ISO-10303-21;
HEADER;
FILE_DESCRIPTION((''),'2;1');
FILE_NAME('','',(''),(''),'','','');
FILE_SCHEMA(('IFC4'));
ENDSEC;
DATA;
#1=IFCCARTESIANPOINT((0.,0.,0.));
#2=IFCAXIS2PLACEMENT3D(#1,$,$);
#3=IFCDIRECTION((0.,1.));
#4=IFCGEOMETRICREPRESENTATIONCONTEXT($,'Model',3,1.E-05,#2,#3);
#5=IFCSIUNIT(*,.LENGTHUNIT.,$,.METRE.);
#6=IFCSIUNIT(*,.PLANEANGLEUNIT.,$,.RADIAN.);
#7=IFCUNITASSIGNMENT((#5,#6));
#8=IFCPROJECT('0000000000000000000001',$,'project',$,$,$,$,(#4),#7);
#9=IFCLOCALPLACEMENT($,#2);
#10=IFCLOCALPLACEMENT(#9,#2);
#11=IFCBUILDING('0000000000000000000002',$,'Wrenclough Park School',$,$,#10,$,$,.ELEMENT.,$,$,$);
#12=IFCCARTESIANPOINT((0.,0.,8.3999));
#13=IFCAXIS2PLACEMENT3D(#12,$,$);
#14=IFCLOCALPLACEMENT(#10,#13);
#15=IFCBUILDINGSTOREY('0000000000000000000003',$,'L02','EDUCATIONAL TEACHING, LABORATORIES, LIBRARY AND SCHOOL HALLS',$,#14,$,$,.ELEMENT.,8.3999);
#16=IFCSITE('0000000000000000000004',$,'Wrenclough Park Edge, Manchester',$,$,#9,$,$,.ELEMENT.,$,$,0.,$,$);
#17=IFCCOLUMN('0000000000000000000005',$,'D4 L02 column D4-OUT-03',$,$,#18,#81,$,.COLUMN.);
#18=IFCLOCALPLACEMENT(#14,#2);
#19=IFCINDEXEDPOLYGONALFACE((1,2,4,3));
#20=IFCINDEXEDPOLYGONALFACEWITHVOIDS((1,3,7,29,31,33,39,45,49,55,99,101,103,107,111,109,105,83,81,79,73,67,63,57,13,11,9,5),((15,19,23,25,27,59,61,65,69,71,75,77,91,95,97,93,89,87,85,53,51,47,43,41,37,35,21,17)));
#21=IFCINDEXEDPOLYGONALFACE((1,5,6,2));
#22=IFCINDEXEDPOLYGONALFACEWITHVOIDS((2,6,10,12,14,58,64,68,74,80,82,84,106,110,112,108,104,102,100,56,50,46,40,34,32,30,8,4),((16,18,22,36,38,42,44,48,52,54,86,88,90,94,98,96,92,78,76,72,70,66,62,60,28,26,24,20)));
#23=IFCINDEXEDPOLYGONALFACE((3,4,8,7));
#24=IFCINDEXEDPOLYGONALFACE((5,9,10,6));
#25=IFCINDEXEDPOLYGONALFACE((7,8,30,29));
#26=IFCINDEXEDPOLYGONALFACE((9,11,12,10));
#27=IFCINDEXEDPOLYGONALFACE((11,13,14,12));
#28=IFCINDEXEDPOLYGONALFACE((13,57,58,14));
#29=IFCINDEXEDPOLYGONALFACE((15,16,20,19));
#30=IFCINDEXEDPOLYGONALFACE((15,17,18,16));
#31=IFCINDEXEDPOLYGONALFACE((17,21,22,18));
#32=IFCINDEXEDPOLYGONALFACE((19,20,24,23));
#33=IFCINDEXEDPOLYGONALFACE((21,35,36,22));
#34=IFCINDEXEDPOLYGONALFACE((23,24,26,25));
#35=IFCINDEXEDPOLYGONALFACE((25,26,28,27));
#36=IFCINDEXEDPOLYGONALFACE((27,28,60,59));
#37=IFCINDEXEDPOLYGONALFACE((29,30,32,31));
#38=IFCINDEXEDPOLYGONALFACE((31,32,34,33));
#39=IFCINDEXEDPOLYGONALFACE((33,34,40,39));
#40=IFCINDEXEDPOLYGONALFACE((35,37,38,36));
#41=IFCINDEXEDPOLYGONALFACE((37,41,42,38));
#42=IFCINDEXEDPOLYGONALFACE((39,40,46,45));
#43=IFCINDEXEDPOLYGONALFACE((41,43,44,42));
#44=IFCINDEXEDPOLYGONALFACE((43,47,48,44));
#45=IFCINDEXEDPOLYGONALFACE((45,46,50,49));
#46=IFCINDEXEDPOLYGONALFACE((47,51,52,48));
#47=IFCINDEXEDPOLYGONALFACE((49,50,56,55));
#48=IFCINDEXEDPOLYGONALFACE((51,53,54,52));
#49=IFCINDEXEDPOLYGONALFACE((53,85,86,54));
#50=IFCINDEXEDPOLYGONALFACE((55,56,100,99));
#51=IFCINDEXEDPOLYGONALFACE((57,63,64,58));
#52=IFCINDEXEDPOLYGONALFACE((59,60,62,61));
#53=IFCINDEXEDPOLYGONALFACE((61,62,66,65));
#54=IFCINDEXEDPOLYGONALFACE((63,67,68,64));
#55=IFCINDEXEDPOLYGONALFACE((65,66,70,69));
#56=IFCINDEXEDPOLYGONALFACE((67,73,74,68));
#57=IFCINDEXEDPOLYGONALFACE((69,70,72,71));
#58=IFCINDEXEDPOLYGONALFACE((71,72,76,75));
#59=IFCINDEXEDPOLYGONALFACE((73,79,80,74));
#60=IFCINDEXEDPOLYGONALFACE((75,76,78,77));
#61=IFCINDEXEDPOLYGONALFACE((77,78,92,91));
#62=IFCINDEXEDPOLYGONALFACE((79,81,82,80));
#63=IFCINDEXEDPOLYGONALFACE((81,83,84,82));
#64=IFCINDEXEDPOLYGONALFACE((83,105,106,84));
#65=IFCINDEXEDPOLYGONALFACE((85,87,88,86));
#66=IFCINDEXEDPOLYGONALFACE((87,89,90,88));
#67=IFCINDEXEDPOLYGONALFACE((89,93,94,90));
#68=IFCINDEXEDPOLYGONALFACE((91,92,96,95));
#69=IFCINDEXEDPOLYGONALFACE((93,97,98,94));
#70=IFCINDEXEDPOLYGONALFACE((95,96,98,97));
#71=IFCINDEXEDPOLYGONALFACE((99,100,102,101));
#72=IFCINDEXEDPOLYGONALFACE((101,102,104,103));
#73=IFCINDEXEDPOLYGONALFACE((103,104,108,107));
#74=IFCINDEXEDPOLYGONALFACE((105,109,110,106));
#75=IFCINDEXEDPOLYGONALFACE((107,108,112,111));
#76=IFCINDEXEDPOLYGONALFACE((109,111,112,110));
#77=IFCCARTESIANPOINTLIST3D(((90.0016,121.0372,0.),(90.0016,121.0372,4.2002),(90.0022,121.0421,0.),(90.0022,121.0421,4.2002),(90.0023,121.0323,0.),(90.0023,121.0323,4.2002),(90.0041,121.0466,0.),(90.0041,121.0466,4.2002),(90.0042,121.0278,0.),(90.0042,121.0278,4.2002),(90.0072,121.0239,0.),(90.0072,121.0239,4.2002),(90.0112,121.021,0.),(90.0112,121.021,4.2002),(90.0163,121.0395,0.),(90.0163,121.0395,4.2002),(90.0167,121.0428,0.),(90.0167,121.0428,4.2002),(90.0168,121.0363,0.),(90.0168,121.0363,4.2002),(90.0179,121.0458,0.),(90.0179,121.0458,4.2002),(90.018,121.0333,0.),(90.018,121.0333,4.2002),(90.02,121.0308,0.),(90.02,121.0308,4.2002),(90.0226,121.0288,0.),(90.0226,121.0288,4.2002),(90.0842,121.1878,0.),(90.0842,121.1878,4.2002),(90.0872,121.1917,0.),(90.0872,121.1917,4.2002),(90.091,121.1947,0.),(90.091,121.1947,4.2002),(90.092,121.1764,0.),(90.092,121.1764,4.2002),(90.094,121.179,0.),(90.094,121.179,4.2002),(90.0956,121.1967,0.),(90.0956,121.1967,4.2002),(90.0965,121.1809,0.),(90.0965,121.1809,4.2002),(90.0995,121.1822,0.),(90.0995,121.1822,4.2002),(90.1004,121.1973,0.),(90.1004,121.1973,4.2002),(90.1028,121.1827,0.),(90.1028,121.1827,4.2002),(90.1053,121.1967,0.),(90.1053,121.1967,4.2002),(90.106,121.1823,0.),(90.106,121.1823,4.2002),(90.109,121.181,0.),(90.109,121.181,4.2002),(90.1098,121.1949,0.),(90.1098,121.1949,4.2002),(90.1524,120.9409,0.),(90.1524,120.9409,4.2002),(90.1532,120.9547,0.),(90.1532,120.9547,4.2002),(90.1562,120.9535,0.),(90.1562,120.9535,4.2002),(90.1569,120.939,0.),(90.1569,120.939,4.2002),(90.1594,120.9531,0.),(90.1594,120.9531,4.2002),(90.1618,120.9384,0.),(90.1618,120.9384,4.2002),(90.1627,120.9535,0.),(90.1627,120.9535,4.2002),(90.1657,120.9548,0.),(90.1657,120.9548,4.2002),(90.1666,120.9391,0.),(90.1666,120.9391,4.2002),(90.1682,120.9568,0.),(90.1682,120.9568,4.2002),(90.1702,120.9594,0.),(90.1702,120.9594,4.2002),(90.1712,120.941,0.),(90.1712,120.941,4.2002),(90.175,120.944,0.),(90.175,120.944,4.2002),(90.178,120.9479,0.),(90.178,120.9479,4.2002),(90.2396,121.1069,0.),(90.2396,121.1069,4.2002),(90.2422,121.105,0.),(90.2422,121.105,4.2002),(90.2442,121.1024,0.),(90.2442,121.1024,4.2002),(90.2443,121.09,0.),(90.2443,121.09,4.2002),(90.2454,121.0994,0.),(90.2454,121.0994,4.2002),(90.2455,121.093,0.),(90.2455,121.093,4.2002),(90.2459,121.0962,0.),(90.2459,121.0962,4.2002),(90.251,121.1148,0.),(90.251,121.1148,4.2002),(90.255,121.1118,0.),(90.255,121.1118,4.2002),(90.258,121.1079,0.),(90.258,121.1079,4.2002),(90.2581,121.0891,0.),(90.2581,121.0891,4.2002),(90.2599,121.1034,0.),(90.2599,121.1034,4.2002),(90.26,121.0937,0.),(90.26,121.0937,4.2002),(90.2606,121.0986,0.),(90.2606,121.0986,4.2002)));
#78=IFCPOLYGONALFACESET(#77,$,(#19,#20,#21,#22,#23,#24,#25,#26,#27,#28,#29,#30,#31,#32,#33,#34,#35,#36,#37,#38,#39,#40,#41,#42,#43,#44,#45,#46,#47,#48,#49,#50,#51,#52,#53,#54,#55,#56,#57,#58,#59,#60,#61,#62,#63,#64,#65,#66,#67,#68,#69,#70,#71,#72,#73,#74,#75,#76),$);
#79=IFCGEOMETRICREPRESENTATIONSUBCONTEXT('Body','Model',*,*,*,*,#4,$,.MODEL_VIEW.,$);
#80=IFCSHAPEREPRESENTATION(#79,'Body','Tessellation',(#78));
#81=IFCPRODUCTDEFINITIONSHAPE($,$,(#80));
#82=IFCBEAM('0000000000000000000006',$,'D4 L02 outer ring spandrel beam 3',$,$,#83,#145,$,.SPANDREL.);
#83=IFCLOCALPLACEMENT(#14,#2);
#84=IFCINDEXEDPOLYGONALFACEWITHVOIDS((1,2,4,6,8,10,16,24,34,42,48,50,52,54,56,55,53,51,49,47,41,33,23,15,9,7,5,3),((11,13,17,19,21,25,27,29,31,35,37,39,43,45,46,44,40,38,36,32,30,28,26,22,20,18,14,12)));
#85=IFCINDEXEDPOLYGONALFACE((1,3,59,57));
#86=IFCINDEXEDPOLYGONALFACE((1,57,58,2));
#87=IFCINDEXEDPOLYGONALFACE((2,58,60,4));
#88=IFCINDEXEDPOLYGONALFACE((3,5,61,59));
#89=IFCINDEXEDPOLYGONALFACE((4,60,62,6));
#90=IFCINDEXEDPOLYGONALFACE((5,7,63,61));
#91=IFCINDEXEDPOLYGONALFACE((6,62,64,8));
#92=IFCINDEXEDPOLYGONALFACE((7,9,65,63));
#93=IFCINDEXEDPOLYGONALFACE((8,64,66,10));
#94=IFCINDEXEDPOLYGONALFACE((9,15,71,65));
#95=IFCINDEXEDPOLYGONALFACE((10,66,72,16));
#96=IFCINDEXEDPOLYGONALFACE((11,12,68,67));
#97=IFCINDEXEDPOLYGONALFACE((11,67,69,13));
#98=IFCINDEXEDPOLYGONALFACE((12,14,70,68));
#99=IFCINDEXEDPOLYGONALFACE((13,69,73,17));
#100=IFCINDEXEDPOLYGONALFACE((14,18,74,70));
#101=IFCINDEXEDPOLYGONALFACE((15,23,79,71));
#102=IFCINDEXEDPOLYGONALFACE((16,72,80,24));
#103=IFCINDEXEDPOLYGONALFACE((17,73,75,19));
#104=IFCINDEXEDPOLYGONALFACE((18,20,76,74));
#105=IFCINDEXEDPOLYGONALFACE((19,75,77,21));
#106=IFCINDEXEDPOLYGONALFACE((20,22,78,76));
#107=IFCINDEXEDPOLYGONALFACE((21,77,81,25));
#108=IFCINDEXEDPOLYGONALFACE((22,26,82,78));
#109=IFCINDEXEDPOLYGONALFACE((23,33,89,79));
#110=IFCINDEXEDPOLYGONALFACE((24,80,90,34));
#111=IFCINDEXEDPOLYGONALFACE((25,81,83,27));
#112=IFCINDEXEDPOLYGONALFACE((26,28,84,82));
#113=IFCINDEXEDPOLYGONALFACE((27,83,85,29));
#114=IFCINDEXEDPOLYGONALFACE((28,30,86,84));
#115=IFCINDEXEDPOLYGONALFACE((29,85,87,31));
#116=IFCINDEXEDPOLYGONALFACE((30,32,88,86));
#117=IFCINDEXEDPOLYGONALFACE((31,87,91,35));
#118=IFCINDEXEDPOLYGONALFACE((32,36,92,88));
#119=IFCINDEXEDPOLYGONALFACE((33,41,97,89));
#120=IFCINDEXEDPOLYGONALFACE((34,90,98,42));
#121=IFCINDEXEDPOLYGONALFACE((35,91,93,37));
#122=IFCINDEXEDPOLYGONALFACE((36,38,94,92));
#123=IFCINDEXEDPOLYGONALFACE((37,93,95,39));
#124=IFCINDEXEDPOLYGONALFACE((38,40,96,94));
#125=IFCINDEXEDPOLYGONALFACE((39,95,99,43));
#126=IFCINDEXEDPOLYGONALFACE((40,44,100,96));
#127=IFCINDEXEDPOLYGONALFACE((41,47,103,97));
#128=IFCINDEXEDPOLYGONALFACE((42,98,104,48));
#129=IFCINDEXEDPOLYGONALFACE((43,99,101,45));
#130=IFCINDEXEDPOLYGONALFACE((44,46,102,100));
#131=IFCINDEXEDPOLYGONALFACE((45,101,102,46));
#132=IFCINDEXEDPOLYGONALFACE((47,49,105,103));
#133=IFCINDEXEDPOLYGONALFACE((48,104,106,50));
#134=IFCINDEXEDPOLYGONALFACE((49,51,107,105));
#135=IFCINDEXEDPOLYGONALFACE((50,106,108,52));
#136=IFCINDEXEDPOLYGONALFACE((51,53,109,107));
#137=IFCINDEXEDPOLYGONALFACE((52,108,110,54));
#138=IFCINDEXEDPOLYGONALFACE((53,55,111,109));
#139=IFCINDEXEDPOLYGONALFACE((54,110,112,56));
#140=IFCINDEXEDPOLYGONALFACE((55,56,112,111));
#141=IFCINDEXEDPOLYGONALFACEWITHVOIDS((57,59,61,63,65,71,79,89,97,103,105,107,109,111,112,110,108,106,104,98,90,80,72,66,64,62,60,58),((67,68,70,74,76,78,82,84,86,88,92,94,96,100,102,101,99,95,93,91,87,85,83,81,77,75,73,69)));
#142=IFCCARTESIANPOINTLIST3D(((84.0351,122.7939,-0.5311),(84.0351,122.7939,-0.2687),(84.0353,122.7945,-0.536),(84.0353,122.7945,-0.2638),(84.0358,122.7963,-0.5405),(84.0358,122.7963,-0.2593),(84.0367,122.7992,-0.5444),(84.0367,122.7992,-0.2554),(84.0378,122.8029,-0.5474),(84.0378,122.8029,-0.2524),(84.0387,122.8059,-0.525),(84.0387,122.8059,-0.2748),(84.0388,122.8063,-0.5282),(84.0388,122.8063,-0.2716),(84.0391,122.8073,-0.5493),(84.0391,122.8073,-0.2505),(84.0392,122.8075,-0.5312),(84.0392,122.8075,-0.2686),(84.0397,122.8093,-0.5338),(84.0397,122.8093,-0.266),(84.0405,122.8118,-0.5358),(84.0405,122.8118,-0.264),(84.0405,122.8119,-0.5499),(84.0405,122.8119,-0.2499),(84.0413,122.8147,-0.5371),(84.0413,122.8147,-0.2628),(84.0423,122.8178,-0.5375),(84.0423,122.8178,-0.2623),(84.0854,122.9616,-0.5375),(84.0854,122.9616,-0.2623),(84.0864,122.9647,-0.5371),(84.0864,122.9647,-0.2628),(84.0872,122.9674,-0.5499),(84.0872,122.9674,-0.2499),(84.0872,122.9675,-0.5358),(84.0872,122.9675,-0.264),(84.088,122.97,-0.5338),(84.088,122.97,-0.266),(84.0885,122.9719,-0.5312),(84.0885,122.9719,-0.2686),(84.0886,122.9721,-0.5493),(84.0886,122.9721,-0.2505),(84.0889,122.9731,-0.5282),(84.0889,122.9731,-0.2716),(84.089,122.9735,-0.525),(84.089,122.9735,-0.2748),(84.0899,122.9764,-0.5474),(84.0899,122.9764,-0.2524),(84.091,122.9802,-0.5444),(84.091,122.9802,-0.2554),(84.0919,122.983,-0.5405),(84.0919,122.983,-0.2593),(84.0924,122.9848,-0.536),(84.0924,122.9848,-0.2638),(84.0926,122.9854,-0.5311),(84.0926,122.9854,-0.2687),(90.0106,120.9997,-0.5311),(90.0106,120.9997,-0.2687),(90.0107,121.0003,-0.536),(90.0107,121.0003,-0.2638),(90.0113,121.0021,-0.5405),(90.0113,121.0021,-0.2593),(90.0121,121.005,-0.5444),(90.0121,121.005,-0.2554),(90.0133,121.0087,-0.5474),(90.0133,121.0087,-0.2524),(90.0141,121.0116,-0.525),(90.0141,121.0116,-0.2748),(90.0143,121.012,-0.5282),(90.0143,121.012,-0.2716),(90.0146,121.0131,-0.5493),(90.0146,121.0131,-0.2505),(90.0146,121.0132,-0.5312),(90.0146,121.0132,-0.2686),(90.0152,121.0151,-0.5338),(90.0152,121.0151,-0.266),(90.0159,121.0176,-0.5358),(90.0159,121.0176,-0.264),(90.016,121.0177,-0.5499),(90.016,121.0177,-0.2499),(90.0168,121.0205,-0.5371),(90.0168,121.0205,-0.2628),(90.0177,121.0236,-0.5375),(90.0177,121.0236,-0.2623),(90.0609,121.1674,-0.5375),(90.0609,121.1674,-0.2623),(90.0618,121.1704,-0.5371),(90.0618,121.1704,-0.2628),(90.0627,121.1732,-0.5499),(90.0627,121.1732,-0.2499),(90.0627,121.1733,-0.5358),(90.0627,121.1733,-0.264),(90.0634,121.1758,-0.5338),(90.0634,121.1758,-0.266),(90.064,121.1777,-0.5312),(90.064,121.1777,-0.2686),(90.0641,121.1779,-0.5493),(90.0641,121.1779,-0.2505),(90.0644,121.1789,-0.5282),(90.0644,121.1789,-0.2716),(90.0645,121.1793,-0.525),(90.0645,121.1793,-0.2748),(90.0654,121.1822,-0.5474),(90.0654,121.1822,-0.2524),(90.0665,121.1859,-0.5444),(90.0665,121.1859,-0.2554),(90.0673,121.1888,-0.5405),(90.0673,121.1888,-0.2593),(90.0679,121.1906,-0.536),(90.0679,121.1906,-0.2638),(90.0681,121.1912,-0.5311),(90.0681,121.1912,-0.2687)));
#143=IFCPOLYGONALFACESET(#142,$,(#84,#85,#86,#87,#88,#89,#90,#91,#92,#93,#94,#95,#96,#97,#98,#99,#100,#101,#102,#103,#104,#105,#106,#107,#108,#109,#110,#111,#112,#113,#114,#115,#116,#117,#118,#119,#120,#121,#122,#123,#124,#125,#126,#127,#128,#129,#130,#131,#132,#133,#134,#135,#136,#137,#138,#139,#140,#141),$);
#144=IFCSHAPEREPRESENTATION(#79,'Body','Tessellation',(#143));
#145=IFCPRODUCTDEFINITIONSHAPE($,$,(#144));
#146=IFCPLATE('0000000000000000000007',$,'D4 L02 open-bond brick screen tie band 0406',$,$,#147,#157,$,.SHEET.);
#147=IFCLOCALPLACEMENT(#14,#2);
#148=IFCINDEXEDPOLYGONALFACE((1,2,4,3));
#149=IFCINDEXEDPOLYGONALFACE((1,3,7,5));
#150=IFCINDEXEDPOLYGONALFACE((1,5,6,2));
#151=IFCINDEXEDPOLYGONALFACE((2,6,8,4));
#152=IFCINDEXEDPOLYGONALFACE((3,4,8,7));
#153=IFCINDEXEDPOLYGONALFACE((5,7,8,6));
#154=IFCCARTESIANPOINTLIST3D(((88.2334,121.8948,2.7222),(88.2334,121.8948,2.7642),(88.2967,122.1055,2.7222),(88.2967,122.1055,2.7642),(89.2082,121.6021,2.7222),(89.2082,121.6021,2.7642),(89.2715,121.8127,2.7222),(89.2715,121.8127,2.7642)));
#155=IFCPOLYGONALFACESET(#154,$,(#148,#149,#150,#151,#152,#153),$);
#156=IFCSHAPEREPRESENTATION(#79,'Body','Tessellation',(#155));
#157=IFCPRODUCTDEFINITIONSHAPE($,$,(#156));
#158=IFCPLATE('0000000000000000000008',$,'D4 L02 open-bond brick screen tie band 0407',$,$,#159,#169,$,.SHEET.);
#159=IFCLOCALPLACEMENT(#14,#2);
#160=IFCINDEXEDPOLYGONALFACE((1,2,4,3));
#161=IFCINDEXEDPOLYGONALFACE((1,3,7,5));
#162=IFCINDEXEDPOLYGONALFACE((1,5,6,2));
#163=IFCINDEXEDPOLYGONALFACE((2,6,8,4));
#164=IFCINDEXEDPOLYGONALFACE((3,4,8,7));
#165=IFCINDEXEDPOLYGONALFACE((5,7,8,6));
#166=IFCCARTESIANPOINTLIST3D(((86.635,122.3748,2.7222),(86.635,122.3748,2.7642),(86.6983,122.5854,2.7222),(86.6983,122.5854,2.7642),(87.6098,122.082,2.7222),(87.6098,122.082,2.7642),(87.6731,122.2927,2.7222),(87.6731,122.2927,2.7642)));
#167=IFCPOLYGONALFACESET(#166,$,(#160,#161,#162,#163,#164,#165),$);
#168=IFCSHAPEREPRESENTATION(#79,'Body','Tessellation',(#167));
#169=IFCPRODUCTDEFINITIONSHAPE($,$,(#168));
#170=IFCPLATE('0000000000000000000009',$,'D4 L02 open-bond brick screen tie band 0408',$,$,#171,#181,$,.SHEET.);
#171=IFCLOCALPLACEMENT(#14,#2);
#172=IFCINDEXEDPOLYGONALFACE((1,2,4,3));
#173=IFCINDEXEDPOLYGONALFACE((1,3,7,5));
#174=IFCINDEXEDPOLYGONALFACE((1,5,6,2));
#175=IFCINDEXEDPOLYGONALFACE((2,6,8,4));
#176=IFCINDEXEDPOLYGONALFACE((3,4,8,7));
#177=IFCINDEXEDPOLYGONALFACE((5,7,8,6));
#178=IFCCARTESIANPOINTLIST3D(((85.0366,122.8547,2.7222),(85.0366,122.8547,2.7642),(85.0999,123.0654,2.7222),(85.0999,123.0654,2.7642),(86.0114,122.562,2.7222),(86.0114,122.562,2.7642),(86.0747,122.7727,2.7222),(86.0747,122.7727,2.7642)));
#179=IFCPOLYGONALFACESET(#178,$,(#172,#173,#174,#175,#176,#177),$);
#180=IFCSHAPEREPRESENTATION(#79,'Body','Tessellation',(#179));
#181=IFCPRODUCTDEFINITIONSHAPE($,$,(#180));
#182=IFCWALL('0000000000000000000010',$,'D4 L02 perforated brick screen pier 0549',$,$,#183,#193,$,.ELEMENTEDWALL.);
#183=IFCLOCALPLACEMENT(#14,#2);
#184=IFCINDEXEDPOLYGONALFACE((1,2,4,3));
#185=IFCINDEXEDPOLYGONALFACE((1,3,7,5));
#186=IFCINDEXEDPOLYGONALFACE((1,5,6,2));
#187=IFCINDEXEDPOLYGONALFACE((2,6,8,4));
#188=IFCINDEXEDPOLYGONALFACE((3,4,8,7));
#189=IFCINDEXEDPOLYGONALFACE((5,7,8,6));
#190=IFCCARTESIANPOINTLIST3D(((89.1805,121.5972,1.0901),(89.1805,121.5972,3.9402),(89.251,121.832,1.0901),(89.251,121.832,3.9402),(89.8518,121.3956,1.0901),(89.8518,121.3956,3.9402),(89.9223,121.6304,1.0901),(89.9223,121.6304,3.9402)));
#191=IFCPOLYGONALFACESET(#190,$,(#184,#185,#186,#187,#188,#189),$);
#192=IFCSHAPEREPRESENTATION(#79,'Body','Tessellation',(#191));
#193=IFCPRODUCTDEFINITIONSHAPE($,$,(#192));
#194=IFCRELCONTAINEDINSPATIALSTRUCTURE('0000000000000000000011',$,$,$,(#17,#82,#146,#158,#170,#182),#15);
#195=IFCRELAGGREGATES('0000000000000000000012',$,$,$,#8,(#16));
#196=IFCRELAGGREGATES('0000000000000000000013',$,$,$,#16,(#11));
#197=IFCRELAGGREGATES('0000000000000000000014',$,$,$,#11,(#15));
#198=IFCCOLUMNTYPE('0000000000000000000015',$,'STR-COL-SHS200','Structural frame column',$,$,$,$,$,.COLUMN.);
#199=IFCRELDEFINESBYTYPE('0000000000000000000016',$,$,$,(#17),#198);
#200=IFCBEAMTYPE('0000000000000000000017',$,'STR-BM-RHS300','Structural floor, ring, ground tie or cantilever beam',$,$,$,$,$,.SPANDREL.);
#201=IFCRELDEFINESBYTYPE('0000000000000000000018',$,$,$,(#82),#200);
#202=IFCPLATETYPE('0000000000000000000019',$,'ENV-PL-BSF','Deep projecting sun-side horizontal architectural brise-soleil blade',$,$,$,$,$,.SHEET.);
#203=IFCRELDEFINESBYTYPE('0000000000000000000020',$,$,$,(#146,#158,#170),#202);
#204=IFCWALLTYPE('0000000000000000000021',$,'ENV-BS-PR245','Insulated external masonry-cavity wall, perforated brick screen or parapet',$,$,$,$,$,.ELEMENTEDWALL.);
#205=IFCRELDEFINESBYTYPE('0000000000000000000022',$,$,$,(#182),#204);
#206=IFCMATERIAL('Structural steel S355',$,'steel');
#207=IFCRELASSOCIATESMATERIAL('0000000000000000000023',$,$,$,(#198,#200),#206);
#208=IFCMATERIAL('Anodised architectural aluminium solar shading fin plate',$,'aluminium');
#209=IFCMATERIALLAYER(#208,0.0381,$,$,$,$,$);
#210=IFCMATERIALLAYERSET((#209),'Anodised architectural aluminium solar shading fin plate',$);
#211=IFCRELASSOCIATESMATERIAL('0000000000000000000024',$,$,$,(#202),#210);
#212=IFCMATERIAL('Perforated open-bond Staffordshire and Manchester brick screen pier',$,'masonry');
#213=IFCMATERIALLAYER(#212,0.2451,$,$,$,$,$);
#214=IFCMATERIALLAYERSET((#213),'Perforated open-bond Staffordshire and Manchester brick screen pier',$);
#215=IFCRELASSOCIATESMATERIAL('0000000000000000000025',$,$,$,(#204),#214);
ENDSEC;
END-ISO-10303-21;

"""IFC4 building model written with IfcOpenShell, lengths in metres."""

from ifc_helpers import new_model, si_unit, direction, frame, frame_2d, origin, origin_2d, place, context, subcontext, project, spatial, rectangle, hollow_rectangle, extrude, material, layer, layer_set, material_profile, profile_set, type_object, element, save


model = new_model("IFC4")

# Units and contexts
model_context = context("Model", 3, precision=1e-05, world=origin(), true_north=direction((0.0, 1.0)))
body_context = subcontext(model_context, "Body", "Model", "MODEL_VIEW")
ifc_project = project(units=[si_unit("LENGTHUNIT", "METRE"), si_unit("PLANEANGLEUNIT", "RADIAN")], contexts=[model_context])

# Site, building, storey
site_placement = place(None, origin())
site = spatial("IfcSite", under=ifc_project, at=site_placement, Name="Wrenclough Park Edge, Manchester", CompositionType="ELEMENT", RefElevation=0.0)
building_placement = place(site_placement, origin())
building = spatial("IfcBuilding", under=site, at=building_placement, Name="Wrenclough Park School", CompositionType="ELEMENT")
storey_placement = place(building_placement, frame((0.0, 0.0, 8.3999)))
storey = spatial("IfcBuildingStorey", under=building, at=storey_placement, Name="L02", Description="EDUCATIONAL TEACHING, LABORATORIES, LIBRARY AND SCHOOL HALLS", CompositionType="ELEMENT", Elevation=8.3999)

# Column
ifc_material_1 = material(Name="Structural steel S355", Category="steel")
ifc_material_profile_1 = material_profile(ifc_material_1, hollow_rectangle(XDim=0.2, YDim=0.2, WallThickness=0.0125, InnerFilletRadius=0.0125, OuterFilletRadius=0.0188, at=origin_2d()), Name="SHS 200x200x12.5")
ifc_profile_set_1 = profile_set([ifc_material_profile_1], Name="Structural steel S355")
column_type = type_object("IfcColumnType", Name="STR-COL-SHS200", Description="Structural frame column", PredefinedType="COLUMN", material=ifc_profile_set_1)
column_placement = place(storey_placement, frame((90.1311, 121.0679, 0.0), z_axis=(0.0, 0.0, 1.0), x_axis=(-0.869753, 0.493487, 0.0)))
element("IfcColumn", 1, at=column_placement, inside=storey, type_object=column_type, Name="D4 L02 column D4-OUT-03", PredefinedType="COLUMN", context=body_context, shape_type="SweptSolid", body=[
    extrude(hollow_rectangle(XDim=0.2, YDim=0.2, WallThickness=0.0125, InnerFilletRadius=0.0125, OuterFilletRadius=0.0188, at=origin_2d()), origin(), (0.0, 0.0, 1.0), 4.2002),
])

# Beam
ifc_material_profile_2 = material_profile(ifc_material_1, hollow_rectangle(XDim=0.2, YDim=0.3, WallThickness=0.0125, InnerFilletRadius=0.0125, OuterFilletRadius=0.0188, at=origin_2d()), Name="RHS 300x200x12.5")
ifc_profile_set_2 = profile_set([ifc_material_profile_2], Name="Structural steel S355")
beam_type = type_object("IfcBeamType", Name="STR-BM-RHS300", Description="Structural floor, ring, ground tie or cantilever beam", PredefinedType="SPANDREL", material=ifc_profile_set_2)
beam_placement = place(storey_placement, frame((90.0393, 121.0955, -0.3999), z_axis=(-0.957756, 0.287581, 0.0), x_axis=(-0.287581, -0.957756, 0.0)))
element("IfcBeam", 2, at=beam_placement, inside=storey, type_object=beam_type, Name="D4 L02 outer ring spandrel beam 3", PredefinedType="SPANDREL", context=body_context, shape_type="SweptSolid", body=[
    extrude(hollow_rectangle(XDim=0.2, YDim=0.3, WallThickness=0.0125, InnerFilletRadius=0.0125, OuterFilletRadius=0.0188, at=origin_2d()), origin(), (0.0, 0.0, 1.0), 6.239),
])

# Plates
ifc_material_2 = material(Name="Anodised architectural aluminium solar shading fin plate", Category="aluminium")
ifc_layer_1 = layer(ifc_material_2, 0.0381)
ifc_layer_set_1 = layer_set([ifc_layer_1], Name="Anodised architectural aluminium solar shading fin plate")
plate_type = type_object("IfcPlateType", Name="ENV-PL-BSF", Description="Deep projecting sun-side horizontal architectural brise-soleil blade", PredefinedType="SHEET", material=ifc_layer_set_1)
for number, where, z_axis, x_axis, name in (
    (3, (88.7524, 121.8538, 2.7222), (0.0, 0.0, 1.0), (-0.957751, 0.287598, 0.0), "D4 L02 open-bond brick screen tie band 0406"),
    (4, (87.1541, 122.3337, 2.7222), (0.0, 0.0, 1.0), (-0.957751, 0.287598, 0.0), "D4 L02 open-bond brick screen tie band 0407"),
    (5, (85.5557, 122.8137, 2.7222), (0.0, 0.0, 1.0), (-0.957751, 0.287598, 0.0), "D4 L02 open-bond brick screen tie band 0408"),
):
    element("IfcPlate", number, at=place(storey_placement, frame(where, z_axis=z_axis, x_axis=x_axis)), inside=storey, type_object=plate_type, Name=name, PredefinedType="SHEET", context=body_context, shape_type="SweptSolid", body=[
        extrude(rectangle(XDim=1.0178, YDim=0.22, at=origin_2d()), origin(), (0.0, 0.0, 1.0), 0.042),
    ])

# Wall
ifc_material_3 = material(Name="Perforated open-bond Staffordshire and Manchester brick screen pier", Category="masonry")
ifc_layer_2 = layer(ifc_material_3, 0.2451)
ifc_layer_set_2 = layer_set([ifc_layer_2], Name="Perforated open-bond Staffordshire and Manchester brick screen pier")
wall_type_1 = type_object("IfcWallType", Name="ENV-BS-PR245", Description="Insulated external masonry-cavity wall, perforated brick screen or parapet", PredefinedType="ELEMENTEDWALL", material=ifc_layer_set_2)
for number, where, z_axis, x_axis, name in (
    (6, (89.8872, 121.5129, 1.0901), (0.0, 0.0, 1.0), (-0.95773, 0.287667, 0.0), "D4 L02 perforated brick screen pier 0549"),
):
    element("IfcWall", number, at=place(storey_placement, frame(where, z_axis=z_axis, x_axis=x_axis)), inside=storey, type_object=wall_type_1, Name=name, PredefinedType="ELEMENTEDWALL", context=body_context, shape_type="SweptSolid", body=[
        extrude(rectangle(XDim=0.7009, YDim=0.2451, at=frame_2d((0.3506, 0.0))), origin(), (0.0, 0.0, 1.0), 2.8501),
    ])

save(model, "model.ifc")
